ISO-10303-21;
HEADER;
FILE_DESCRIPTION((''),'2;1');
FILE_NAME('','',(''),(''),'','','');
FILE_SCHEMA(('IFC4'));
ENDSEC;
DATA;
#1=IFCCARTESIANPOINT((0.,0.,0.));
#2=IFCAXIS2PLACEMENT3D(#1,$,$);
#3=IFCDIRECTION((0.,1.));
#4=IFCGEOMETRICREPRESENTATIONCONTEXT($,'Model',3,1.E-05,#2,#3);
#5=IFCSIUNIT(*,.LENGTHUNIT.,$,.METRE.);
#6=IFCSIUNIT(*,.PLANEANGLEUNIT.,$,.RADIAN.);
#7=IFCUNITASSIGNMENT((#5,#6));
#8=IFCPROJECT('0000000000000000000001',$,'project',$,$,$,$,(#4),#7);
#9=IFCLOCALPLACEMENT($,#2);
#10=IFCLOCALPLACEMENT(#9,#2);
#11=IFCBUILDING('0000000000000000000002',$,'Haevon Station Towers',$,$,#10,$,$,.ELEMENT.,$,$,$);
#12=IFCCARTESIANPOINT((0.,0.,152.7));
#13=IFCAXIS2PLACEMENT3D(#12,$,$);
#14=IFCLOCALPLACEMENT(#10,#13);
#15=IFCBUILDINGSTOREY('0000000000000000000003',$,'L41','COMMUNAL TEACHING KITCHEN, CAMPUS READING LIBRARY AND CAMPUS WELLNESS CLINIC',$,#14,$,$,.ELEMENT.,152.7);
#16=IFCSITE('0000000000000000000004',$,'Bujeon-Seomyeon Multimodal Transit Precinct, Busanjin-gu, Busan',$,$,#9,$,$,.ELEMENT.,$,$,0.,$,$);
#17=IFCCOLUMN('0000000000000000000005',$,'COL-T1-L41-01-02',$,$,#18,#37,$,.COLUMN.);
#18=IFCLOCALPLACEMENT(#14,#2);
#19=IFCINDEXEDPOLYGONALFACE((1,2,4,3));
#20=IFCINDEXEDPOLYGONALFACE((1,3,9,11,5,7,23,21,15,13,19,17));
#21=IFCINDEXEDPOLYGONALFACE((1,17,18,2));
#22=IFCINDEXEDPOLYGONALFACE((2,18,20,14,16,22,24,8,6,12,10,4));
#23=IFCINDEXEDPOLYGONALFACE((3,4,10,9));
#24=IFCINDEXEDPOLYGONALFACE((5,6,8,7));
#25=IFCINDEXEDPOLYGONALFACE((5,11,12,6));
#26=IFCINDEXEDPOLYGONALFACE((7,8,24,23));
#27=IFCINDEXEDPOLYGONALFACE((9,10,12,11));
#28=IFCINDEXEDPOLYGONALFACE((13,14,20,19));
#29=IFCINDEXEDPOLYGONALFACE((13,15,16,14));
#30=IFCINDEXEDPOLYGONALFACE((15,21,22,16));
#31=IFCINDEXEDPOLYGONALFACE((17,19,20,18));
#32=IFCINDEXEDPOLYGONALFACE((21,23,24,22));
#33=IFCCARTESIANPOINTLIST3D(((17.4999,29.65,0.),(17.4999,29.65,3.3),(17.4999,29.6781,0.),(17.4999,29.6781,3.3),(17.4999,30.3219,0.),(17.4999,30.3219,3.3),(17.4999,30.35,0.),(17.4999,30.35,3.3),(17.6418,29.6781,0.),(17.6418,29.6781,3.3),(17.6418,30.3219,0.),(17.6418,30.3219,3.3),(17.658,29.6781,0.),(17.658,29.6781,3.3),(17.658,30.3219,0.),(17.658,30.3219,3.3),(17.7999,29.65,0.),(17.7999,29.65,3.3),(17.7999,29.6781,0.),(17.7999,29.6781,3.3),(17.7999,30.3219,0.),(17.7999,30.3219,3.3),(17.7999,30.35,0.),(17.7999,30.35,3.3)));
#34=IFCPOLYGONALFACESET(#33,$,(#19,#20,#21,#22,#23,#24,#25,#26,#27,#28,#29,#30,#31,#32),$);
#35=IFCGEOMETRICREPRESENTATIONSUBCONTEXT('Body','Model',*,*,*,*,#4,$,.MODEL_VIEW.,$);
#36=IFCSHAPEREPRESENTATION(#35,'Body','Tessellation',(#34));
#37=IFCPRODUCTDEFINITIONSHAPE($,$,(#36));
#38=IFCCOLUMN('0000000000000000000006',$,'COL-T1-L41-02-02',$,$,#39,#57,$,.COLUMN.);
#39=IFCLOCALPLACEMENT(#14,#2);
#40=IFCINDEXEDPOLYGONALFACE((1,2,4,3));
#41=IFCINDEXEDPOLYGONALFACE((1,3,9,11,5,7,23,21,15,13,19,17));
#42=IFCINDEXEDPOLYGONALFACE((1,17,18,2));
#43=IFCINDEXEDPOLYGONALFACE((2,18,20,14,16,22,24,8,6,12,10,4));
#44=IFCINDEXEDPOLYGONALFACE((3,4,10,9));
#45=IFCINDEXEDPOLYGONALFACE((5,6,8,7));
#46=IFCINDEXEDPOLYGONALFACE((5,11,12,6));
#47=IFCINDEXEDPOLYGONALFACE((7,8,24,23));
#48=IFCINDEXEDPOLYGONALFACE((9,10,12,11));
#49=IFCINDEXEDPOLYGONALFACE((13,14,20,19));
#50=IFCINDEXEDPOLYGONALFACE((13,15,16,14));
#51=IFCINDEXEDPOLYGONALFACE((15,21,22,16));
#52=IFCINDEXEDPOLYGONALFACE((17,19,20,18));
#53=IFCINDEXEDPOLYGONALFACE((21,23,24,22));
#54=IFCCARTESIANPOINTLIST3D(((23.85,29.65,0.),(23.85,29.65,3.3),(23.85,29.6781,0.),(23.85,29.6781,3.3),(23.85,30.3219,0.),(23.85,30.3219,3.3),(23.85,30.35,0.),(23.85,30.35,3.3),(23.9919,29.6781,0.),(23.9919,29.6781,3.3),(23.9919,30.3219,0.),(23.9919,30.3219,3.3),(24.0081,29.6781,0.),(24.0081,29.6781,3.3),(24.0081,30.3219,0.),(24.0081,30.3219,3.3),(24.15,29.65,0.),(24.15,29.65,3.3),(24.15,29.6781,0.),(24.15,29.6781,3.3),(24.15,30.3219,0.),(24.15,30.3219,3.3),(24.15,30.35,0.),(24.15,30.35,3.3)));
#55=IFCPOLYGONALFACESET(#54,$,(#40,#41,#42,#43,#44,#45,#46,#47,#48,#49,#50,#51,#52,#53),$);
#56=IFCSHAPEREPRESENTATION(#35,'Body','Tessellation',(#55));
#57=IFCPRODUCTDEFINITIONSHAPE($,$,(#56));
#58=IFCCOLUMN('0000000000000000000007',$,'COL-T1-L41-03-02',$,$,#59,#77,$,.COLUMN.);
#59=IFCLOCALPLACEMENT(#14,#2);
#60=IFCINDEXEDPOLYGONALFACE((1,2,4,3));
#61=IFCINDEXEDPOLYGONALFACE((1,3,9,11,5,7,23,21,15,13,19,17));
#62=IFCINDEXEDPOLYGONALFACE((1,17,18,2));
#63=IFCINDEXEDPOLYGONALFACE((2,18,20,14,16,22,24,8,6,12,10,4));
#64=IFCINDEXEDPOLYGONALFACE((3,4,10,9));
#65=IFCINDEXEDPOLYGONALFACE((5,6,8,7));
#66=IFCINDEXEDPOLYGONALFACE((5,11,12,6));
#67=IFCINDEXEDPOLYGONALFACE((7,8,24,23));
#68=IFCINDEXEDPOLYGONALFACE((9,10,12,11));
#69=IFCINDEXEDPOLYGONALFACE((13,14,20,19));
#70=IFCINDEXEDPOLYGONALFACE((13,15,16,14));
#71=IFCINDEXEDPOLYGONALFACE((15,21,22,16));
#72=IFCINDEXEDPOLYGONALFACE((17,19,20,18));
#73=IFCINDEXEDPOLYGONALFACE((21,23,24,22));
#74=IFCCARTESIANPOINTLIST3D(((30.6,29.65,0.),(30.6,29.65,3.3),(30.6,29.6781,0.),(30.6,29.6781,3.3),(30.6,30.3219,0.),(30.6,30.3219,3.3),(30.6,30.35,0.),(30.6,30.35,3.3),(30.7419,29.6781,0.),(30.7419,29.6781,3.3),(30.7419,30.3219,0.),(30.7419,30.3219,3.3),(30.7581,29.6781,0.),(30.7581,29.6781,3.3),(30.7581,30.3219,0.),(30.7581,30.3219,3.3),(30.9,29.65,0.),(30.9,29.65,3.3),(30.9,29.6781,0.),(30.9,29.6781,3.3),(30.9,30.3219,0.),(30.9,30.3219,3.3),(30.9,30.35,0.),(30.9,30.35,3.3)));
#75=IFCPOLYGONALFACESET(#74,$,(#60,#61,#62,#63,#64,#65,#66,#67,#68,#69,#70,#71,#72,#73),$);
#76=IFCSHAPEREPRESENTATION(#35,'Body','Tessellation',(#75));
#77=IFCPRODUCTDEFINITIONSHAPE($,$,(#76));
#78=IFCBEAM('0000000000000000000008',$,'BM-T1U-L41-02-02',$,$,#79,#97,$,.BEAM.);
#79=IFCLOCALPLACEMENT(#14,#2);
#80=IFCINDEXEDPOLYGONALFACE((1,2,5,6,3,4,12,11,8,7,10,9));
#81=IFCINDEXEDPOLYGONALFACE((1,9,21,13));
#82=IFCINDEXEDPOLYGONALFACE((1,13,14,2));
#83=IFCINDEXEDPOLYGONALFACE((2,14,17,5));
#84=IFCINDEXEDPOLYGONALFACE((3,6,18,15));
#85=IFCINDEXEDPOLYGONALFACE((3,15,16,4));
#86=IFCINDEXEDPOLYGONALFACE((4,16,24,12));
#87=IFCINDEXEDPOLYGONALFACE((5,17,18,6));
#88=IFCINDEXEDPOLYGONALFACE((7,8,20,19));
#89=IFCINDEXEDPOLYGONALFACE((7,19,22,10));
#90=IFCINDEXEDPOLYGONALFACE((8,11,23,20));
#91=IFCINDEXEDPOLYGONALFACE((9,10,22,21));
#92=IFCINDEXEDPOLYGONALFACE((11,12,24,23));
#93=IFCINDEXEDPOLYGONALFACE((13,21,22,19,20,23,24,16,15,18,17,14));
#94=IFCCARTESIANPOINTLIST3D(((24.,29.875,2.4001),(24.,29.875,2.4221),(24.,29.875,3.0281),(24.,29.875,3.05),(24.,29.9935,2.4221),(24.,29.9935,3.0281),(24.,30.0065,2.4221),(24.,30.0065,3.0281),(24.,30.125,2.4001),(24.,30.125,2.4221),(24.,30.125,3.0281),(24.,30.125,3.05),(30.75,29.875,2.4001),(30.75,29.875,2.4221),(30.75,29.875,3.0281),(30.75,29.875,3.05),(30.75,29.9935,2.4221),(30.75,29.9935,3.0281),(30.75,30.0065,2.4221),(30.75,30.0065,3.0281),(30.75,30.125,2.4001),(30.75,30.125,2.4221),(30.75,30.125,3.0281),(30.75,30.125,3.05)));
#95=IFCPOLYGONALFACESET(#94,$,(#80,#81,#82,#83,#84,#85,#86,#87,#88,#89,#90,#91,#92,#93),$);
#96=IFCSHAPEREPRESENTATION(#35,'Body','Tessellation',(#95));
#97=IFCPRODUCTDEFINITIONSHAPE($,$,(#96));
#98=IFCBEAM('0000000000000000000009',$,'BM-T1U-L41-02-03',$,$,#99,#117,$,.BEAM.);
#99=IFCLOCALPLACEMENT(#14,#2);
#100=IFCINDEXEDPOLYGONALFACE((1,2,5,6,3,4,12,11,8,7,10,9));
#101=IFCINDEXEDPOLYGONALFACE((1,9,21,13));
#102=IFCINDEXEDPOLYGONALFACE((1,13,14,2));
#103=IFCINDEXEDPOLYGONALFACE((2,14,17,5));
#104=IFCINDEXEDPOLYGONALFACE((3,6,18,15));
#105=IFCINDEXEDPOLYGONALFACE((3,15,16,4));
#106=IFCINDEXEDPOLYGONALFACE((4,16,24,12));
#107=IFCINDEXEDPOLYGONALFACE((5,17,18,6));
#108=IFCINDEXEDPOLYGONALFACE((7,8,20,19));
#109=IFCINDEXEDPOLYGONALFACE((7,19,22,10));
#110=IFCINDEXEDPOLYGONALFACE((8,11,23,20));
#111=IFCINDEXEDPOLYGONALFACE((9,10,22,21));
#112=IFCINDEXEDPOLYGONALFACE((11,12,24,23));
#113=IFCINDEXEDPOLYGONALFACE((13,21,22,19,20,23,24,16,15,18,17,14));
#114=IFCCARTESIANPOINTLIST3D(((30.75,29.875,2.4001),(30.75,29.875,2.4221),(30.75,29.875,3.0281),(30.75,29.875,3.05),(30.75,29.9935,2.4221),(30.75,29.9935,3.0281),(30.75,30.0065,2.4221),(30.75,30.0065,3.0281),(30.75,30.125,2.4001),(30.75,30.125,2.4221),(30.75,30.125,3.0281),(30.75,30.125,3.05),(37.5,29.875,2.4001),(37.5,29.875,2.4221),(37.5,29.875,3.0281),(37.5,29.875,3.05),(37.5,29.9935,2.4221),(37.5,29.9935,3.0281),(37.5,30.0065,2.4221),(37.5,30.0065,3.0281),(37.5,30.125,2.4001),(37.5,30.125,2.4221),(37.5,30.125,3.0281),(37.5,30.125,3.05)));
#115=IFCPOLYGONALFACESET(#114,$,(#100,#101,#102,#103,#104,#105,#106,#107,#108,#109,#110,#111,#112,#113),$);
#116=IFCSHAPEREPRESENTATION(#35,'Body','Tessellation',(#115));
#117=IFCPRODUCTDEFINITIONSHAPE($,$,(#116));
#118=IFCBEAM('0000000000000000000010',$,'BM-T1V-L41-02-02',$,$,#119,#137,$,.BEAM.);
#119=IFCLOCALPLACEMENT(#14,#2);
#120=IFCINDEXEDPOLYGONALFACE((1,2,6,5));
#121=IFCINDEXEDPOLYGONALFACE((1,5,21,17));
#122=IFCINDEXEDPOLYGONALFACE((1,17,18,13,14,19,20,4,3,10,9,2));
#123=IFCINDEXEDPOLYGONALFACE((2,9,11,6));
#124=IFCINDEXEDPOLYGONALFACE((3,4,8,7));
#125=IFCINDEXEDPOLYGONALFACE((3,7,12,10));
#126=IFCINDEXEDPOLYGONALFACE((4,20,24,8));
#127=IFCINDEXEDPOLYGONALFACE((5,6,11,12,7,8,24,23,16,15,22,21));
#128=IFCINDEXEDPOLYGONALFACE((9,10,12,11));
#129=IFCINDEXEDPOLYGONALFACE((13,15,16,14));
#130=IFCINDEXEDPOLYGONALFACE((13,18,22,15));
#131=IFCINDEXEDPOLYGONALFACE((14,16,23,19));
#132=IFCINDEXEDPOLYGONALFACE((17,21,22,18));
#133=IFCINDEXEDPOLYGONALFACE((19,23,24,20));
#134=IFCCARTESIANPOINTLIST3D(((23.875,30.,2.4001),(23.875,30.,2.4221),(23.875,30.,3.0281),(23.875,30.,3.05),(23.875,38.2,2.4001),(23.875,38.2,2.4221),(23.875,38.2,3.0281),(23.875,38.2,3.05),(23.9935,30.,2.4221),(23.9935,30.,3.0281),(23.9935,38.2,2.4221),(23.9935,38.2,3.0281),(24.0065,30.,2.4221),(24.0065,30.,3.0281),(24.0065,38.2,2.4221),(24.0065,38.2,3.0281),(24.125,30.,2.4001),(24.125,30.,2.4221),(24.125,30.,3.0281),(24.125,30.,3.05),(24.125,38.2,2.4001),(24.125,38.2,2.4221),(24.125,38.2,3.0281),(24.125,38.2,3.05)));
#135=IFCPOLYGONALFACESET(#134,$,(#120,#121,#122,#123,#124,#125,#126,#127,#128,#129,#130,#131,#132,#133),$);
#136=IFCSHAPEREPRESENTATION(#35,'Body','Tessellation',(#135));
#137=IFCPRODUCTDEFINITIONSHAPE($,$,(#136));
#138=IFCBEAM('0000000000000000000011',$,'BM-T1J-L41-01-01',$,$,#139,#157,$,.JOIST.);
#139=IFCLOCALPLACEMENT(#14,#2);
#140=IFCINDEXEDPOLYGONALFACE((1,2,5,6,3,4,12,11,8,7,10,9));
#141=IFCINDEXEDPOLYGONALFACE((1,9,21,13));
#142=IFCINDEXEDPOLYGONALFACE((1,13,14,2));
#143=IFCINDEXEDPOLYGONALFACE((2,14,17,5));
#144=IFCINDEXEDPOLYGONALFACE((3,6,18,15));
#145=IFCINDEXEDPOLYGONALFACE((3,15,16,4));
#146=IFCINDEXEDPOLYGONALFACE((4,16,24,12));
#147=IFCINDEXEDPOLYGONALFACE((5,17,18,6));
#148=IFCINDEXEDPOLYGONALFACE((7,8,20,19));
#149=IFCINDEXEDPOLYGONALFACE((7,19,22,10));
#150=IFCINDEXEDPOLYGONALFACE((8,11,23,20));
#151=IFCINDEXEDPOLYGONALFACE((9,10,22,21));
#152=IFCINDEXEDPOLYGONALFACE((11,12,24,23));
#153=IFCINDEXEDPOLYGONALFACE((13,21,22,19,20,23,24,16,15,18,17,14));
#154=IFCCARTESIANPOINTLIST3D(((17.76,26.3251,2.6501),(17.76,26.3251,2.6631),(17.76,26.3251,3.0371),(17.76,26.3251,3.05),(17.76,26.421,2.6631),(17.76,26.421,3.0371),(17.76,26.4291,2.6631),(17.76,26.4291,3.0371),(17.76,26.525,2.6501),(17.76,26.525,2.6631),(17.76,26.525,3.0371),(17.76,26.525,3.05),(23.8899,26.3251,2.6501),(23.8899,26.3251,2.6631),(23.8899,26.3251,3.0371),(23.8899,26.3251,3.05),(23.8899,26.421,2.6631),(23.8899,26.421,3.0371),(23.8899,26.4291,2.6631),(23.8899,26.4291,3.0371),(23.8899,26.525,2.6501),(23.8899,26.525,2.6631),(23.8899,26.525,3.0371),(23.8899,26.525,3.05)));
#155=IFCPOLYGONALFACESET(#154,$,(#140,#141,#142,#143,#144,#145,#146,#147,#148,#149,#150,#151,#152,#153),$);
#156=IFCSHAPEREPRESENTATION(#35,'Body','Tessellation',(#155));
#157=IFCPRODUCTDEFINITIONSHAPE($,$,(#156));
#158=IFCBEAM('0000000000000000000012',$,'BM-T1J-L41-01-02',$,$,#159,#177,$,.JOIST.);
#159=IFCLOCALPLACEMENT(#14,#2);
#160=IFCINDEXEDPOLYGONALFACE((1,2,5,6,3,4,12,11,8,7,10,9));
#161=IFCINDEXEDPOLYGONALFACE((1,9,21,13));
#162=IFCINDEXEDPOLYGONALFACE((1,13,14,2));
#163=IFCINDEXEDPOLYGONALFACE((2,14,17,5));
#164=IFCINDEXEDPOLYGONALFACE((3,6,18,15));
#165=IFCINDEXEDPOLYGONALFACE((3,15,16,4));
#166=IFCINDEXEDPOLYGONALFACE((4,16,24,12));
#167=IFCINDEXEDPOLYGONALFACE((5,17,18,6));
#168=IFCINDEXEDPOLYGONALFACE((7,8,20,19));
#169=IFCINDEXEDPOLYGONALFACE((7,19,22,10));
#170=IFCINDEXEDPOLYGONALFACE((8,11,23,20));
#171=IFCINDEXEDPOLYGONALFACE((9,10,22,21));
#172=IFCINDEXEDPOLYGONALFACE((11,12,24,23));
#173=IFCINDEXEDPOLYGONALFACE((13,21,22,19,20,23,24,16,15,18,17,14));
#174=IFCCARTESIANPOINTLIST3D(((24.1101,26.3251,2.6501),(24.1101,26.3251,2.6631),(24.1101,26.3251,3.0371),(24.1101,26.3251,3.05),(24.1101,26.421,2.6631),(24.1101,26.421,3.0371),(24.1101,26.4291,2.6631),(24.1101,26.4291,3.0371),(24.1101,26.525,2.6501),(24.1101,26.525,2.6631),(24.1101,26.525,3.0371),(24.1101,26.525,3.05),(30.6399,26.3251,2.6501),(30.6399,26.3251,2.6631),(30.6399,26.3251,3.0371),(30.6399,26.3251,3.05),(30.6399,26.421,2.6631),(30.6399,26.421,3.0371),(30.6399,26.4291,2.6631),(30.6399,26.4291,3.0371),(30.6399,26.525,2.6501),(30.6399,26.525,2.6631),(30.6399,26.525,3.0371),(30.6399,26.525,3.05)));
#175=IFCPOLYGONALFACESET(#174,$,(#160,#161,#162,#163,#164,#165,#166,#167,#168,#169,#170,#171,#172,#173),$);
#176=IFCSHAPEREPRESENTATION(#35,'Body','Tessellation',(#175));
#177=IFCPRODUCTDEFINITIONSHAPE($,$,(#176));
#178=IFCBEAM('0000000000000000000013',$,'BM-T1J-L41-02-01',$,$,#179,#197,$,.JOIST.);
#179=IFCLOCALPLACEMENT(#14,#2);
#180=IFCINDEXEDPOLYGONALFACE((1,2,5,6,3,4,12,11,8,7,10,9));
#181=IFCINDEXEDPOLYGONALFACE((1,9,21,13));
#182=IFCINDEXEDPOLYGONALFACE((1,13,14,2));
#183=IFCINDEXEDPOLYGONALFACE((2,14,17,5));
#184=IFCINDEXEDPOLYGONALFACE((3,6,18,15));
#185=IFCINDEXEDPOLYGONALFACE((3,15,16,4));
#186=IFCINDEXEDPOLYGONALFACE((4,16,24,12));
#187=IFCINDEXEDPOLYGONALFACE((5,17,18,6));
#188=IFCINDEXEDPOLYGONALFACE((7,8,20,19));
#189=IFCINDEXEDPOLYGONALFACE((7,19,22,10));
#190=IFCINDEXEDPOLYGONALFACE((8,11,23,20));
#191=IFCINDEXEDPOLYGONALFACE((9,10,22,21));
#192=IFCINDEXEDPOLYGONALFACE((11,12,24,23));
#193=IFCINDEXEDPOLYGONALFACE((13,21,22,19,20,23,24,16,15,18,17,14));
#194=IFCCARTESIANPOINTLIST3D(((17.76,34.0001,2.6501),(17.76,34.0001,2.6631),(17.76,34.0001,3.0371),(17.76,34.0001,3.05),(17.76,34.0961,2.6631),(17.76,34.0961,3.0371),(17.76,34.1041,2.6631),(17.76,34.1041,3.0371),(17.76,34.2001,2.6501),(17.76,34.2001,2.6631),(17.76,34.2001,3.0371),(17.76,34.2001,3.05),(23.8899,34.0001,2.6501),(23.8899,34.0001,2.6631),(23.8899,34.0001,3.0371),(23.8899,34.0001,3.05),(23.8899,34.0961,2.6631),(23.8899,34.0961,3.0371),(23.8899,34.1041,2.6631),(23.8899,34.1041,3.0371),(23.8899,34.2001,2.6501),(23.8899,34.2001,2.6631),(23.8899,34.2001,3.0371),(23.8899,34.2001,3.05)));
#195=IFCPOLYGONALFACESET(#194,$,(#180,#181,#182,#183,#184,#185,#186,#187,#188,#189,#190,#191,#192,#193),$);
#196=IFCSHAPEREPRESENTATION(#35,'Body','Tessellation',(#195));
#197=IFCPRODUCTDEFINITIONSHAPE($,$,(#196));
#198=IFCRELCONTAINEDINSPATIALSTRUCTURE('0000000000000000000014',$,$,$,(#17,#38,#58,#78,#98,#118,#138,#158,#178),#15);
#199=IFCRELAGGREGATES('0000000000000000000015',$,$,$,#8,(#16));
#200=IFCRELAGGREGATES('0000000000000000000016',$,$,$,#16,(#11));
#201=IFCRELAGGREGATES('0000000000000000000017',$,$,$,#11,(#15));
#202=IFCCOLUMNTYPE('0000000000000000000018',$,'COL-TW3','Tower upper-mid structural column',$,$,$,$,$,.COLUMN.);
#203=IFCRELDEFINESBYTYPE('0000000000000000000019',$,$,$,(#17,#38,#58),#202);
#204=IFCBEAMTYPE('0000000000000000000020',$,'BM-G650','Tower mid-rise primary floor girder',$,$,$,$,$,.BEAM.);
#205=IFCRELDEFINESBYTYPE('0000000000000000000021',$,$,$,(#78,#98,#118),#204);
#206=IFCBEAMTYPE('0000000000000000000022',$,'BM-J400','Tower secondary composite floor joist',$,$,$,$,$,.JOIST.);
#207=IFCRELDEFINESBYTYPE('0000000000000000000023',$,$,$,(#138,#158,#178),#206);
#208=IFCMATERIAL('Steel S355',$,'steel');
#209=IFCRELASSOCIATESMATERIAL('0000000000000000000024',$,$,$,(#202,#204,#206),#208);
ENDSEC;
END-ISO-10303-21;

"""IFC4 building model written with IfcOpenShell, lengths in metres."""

from ifc_helpers import new_model, si_unit, direction, frame, origin, origin_2d, place, context, subcontext, project, spatial, i_section, extrude, material, material_profile, profile_set, type_object, element, save


model = new_model("IFC4")

# Units and contexts
model_context = context("Model", 3, precision=1e-05, world=origin(), true_north=direction((0.0, 1.0)))
body_context = subcontext(model_context, "Body", "Model", "MODEL_VIEW")
ifc_project = project(units=[si_unit("LENGTHUNIT", "METRE"), si_unit("PLANEANGLEUNIT", "RADIAN")], contexts=[model_context])

# Site, building, storey
site_placement = place(None, origin())
site = spatial("IfcSite", under=ifc_project, at=site_placement, Name="Bujeon-Seomyeon Multimodal Transit Precinct, Busanjin-gu, Busan", CompositionType="ELEMENT", RefElevation=0.0)
building_placement = place(site_placement, origin())
building = spatial("IfcBuilding", under=site, at=building_placement, Name="Haevon Station Towers", CompositionType="ELEMENT")
storey_placement = place(building_placement, frame((0.0, 0.0, 152.7)))
storey = spatial("IfcBuildingStorey", under=building, at=storey_placement, Name="L41", Description="COMMUNAL TEACHING KITCHEN, CAMPUS READING LIBRARY AND CAMPUS WELLNESS CLINIC", CompositionType="ELEMENT", Elevation=152.7)

# Columns
ifc_material_1 = material(Name="Steel S355", Category="steel")
ifc_material_profile_1 = material_profile(ifc_material_1, i_section(OverallWidth=0.3, OverallDepth=0.7, WebThickness=0.0161, FlangeThickness=0.0281, at=origin_2d()), Name="H-700x300x16x28")
ifc_profile_set_1 = profile_set([ifc_material_profile_1], Name="Steel S355")
column_type = type_object("IfcColumnType", Name="COL-TW3", Description="Tower upper-mid structural column", PredefinedType="COLUMN", material=ifc_profile_set_1)
for number, where, z_axis, x_axis, name in (
    (1, (17.6499, 30.0, 0.0), (0.0, 0.0, 1.0), (1.0, 0.0, 0.0), "COL-T1-L41-01-02"),
    (2, (24.0, 30.0, 0.0), (0.0, 0.0, 1.0), (1.0, 0.0, 0.0), "COL-T1-L41-02-02"),
    (3, (30.75, 30.0, 0.0), (0.0, 0.0, 1.0), (1.0, 0.0, 0.0), "COL-T1-L41-03-02"),
):
    element("IfcColumn", number, at=place(storey_placement, frame(where, z_axis=z_axis, x_axis=x_axis)), inside=storey, type_object=column_type, Name=name, PredefinedType="COLUMN", context=body_context, shape_type="SweptSolid", body=[
        extrude(i_section(OverallWidth=0.3, OverallDepth=0.7, WebThickness=0.0161, FlangeThickness=0.0281, at=origin_2d()), origin(), (0.0, 0.0, 1.0), 3.3),
    ])

# Beams
ifc_material_profile_2 = material_profile(ifc_material_1, i_section(OverallWidth=0.25, OverallDepth=0.6499, WebThickness=0.0129, FlangeThickness=0.022, at=origin_2d()), Name="H-650x250x13x22")
ifc_profile_set_2 = profile_set([ifc_material_profile_2], Name="Steel S355")
beam_type_1 = type_object("IfcBeamType", Name="BM-G650", Description="Tower mid-rise primary floor girder", PredefinedType="BEAM", material=ifc_profile_set_2)
for number, where, z_axis, x_axis, name in (
    (4, (24.0, 30.0, 2.7251), (1.0, 0.0, 0.0), (0.0, 1.0, 0.0), "BM-T1U-L41-02-02"),
    (5, (30.75, 30.0, 2.7251), (1.0, 0.0, 0.0), (0.0, 1.0, 0.0), "BM-T1U-L41-02-03"),
):
    element("IfcBeam", number, at=place(storey_placement, frame(where, z_axis=z_axis, x_axis=x_axis)), inside=storey, type_object=beam_type_1, Name=name, PredefinedType="BEAM", context=body_context, shape_type="SweptSolid", body=[
        extrude(i_section(OverallWidth=0.25, OverallDepth=0.6499, WebThickness=0.0129, FlangeThickness=0.022, at=origin_2d()), origin(), (0.0, 0.0, 1.0), 6.75),
    ])
beam_1_placement = place(storey_placement, frame((24.0, 30.0, 2.7251), z_axis=(0.0, 1.0, 0.0), x_axis=(-1.0, 0.0, 0.0)))
element("IfcBeam", 6, at=beam_1_placement, inside=storey, type_object=beam_type_1, Name="BM-T1V-L41-02-02", PredefinedType="BEAM", context=body_context, shape_type="SweptSolid", body=[
    extrude(i_section(OverallWidth=0.25, OverallDepth=0.6499, WebThickness=0.0129, FlangeThickness=0.022, at=origin_2d()), origin(), (0.0, 0.0, 1.0), 8.2),
])
ifc_material_profile_3 = material_profile(ifc_material_1, i_section(OverallWidth=0.2, OverallDepth=0.3999, WebThickness=0.0081, FlangeThickness=0.0129, at=origin_2d()), Name="H-400x200x8x13")
ifc_profile_set_3 = profile_set([ifc_material_profile_3], Name="Steel S355")
beam_type_2 = type_object("IfcBeamType", Name="BM-J400", Description="Tower secondary composite floor joist", PredefinedType="JOIST", material=ifc_profile_set_3)
beam_2_placement = place(storey_placement, frame((17.76, 26.425, 2.8501), z_axis=(1.0, 0.0, 0.0), x_axis=(0.0, 1.0, 0.0)))
element("IfcBeam", 7, at=beam_2_placement, inside=storey, type_object=beam_type_2, Name="BM-T1J-L41-01-01", PredefinedType="JOIST", context=body_context, shape_type="SweptSolid", body=[
    extrude(i_section(OverallWidth=0.2, OverallDepth=0.3999, WebThickness=0.0081, FlangeThickness=0.0129, at=origin_2d()), origin(), (0.0, 0.0, 1.0), 6.1299),
])
beam_3_placement = place(storey_placement, frame((24.1101, 26.425, 2.8501), z_axis=(1.0, 0.0, 0.0), x_axis=(0.0, 1.0, 0.0)))
element("IfcBeam", 8, at=beam_3_placement, inside=storey, type_object=beam_type_2, Name="BM-T1J-L41-01-02", PredefinedType="JOIST", context=body_context, shape_type="SweptSolid", body=[
    extrude(i_section(OverallWidth=0.2, OverallDepth=0.3999, WebThickness=0.0081, FlangeThickness=0.0129, at=origin_2d()), origin(), (0.0, 0.0, 1.0), 6.5298),
])
beam_4_placement = place(storey_placement, frame((17.76, 34.1001, 2.8501), z_axis=(1.0, 0.0, 0.0), x_axis=(0.0, 1.0, 0.0)))
element("IfcBeam", 9, at=beam_4_placement, inside=storey, type_object=beam_type_2, Name="BM-T1J-L41-02-01", PredefinedType="JOIST", context=body_context, shape_type="SweptSolid", body=[
    extrude(i_section(OverallWidth=0.2, OverallDepth=0.3999, WebThickness=0.0081, FlangeThickness=0.0129, at=origin_2d()), origin(), (0.0, 0.0, 1.0), 6.1299),
])

save(model, "model.ifc")
